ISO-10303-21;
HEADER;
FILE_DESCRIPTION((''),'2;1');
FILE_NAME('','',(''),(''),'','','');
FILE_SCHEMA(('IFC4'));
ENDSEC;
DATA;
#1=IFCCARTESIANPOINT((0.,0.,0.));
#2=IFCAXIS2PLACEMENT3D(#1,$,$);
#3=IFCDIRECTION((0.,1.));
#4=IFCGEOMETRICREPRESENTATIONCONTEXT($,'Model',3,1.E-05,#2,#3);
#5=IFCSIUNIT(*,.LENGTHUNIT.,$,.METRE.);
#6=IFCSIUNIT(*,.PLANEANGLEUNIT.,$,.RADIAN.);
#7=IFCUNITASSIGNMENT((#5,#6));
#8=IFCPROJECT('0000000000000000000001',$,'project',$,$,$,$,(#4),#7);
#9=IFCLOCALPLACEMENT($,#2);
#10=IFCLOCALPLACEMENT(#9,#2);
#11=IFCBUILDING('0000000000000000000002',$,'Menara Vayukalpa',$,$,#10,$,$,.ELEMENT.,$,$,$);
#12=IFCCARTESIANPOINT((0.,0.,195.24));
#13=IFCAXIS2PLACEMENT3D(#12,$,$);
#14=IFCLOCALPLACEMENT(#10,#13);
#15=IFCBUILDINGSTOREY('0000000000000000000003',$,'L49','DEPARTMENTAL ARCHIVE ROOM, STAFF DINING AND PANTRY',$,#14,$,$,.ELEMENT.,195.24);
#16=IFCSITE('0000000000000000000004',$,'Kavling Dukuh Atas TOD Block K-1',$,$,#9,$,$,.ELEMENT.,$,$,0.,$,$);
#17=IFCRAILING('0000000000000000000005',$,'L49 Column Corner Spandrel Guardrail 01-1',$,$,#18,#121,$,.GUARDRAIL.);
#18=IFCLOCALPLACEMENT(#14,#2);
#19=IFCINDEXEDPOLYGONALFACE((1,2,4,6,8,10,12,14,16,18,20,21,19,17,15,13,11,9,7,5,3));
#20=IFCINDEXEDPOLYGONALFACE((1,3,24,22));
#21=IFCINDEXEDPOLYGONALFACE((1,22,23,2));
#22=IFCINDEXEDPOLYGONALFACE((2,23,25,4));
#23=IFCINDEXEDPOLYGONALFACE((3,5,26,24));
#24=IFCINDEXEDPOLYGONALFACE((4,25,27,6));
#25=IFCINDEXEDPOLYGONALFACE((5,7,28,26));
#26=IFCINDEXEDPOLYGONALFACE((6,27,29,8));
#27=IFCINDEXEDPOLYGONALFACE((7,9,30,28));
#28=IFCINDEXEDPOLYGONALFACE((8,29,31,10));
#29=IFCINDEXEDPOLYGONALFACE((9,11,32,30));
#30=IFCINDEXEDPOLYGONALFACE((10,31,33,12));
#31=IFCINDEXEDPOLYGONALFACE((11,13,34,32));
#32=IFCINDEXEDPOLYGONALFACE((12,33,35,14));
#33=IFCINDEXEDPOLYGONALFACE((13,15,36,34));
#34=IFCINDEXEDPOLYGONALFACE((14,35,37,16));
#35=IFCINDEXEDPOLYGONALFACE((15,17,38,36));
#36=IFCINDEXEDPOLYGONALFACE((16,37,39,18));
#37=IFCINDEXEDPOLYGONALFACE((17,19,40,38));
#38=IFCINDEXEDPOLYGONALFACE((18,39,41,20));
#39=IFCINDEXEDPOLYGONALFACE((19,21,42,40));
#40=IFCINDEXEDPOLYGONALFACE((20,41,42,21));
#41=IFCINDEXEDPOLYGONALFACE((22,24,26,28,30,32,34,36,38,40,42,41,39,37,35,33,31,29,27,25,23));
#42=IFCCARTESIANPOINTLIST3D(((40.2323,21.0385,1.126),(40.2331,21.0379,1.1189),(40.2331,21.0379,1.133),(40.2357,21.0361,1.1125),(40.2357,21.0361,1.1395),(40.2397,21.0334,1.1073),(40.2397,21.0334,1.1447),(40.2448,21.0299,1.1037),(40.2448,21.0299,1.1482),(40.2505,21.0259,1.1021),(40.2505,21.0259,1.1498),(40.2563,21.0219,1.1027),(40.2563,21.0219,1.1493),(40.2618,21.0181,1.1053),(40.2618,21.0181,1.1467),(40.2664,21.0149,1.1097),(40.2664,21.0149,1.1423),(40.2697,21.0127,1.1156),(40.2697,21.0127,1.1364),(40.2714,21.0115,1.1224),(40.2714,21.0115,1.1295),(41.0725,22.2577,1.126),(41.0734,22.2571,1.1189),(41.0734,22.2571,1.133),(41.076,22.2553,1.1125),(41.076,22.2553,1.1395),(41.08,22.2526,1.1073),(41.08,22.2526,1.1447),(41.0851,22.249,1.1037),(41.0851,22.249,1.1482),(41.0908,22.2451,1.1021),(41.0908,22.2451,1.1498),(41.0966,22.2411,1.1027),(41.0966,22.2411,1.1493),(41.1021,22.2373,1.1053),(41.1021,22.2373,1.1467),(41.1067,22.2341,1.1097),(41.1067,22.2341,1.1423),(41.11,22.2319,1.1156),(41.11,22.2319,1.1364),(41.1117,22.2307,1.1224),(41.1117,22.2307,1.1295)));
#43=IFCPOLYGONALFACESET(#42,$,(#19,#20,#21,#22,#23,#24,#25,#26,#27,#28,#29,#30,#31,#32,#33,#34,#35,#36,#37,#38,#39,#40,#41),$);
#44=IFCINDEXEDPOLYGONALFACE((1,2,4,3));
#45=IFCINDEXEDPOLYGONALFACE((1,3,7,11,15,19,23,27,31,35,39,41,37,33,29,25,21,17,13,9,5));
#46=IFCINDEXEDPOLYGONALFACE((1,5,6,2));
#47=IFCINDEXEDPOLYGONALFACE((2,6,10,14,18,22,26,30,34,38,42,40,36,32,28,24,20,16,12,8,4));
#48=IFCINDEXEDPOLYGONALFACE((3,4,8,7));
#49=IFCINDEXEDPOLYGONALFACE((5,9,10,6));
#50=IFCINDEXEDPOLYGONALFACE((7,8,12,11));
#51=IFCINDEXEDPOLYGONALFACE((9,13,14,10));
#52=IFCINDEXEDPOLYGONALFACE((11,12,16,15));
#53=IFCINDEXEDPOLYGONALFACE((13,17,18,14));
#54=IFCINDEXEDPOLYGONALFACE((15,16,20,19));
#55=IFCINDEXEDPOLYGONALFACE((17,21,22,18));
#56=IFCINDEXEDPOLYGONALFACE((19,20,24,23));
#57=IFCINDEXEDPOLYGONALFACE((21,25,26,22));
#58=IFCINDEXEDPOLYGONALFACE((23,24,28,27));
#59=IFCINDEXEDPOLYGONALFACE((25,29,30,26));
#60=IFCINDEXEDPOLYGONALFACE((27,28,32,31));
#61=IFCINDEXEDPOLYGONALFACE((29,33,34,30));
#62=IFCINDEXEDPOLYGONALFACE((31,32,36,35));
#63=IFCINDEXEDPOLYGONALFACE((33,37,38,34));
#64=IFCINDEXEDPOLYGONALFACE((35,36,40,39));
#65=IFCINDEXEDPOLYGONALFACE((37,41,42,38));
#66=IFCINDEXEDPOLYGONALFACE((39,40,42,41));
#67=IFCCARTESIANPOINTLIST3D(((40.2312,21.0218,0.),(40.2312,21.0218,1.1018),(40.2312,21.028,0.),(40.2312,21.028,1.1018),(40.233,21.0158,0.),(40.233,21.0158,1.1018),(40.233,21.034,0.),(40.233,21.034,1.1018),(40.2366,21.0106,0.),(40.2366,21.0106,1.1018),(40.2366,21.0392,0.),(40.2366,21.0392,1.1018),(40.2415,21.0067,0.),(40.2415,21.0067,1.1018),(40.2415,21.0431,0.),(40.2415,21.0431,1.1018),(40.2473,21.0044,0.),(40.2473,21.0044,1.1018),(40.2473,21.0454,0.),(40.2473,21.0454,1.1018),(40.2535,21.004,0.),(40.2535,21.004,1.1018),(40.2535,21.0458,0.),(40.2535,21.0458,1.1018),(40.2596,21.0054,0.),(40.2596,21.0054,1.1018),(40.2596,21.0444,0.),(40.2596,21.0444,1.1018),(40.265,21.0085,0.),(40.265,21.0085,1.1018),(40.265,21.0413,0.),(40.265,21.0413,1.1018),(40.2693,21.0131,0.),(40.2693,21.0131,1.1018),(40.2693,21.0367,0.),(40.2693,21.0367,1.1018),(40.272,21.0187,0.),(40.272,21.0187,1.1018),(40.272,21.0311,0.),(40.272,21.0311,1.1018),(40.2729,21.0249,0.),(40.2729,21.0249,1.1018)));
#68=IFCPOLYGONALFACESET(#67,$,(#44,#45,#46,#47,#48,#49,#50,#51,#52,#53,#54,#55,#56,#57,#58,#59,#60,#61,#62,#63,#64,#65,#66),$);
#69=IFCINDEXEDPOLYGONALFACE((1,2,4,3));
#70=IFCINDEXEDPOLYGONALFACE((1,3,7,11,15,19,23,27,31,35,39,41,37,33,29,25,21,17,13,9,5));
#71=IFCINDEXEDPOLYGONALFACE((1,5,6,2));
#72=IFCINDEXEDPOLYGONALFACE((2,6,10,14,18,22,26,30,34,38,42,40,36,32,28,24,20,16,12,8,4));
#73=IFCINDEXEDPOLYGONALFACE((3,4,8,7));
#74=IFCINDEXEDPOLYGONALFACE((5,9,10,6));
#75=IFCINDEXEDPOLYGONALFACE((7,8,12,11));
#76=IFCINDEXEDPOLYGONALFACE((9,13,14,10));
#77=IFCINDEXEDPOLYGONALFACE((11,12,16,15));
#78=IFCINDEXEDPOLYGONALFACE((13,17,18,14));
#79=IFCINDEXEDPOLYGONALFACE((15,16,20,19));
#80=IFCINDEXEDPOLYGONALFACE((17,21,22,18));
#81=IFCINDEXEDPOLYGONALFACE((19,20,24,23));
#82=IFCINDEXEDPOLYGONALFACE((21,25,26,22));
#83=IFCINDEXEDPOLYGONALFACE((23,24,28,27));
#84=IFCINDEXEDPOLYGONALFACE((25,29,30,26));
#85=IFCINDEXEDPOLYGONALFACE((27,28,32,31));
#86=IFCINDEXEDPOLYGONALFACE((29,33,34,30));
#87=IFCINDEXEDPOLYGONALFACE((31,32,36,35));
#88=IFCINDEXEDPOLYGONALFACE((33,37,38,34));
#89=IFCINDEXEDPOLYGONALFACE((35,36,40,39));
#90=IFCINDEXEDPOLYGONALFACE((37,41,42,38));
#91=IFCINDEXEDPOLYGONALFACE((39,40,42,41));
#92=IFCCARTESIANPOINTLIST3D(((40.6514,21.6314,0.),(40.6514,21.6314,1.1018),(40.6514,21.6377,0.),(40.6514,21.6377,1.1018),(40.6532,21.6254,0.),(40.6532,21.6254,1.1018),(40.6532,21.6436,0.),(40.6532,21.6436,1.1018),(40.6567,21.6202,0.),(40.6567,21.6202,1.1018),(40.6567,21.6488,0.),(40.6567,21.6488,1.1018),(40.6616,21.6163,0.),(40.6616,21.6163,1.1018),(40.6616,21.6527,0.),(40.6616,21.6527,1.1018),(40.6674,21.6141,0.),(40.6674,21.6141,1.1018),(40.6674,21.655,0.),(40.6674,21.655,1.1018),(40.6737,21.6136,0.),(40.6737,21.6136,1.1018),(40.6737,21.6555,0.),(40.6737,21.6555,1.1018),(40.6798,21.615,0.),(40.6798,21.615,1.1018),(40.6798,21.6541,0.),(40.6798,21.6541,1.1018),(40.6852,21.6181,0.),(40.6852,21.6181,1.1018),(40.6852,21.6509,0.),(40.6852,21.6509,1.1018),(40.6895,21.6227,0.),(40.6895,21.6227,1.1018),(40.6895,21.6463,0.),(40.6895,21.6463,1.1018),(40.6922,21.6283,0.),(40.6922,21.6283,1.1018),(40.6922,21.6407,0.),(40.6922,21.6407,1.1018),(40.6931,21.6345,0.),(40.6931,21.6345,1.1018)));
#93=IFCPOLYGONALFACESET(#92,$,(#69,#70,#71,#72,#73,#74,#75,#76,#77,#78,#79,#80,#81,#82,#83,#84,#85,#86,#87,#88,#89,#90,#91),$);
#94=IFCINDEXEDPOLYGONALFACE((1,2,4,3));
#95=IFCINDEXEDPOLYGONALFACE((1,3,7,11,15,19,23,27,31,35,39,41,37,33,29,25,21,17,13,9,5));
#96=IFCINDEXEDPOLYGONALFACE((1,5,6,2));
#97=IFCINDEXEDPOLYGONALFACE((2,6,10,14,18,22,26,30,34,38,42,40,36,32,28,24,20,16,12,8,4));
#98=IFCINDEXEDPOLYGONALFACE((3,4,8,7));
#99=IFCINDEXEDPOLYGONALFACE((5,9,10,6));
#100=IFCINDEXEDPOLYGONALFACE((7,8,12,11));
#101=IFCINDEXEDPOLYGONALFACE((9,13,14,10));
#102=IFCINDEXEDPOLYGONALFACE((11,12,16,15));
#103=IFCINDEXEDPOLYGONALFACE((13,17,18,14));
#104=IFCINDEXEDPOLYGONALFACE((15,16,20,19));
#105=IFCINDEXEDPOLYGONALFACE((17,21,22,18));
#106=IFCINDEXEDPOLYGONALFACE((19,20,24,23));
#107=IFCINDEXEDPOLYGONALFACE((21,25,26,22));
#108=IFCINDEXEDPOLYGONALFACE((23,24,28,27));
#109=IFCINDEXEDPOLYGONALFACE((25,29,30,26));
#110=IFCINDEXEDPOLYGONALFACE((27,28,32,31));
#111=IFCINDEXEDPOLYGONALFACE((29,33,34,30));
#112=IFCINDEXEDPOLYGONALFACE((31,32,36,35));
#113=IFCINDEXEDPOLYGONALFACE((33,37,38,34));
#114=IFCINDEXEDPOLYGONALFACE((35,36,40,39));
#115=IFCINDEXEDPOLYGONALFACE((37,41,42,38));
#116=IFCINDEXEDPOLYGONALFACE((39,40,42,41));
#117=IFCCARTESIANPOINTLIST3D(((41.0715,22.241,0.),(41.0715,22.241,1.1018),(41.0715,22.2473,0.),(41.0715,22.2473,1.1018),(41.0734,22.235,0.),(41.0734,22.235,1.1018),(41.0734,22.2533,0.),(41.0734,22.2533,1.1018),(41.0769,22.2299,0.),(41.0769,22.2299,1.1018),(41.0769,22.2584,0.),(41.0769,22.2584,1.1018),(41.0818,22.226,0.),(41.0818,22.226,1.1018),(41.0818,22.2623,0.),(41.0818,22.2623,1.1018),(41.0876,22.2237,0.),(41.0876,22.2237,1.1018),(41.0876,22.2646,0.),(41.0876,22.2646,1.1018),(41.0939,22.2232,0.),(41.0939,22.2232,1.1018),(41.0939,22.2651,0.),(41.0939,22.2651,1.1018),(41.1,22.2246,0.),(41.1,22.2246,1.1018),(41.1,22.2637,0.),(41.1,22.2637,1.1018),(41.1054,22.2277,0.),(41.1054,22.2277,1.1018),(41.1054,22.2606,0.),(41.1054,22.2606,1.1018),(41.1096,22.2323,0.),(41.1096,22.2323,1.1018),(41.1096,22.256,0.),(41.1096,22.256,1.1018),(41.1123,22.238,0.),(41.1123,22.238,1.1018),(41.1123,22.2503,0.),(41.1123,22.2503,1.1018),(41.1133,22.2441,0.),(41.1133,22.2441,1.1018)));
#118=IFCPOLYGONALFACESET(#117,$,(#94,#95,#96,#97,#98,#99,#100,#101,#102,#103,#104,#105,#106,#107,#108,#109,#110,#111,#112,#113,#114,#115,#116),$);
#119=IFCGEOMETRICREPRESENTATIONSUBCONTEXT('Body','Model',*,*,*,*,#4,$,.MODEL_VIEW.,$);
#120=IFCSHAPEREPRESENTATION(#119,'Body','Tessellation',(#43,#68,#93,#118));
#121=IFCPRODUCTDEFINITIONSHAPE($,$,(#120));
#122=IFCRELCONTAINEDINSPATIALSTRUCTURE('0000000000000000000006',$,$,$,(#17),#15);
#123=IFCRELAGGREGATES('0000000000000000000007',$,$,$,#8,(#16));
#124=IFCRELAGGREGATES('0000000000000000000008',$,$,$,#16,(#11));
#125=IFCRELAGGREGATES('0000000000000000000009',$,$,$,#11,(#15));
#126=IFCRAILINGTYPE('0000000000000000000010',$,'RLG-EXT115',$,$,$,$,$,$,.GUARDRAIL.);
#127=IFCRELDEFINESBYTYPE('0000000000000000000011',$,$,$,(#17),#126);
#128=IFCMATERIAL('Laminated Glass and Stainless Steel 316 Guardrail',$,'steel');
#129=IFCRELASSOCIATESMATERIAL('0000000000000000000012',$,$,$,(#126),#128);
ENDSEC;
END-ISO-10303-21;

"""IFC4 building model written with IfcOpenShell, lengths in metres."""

from ifc_helpers import new_model, si_unit, direction, frame, origin, origin_2d, place, context, subcontext, project, spatial, circle, extrude, material, type_object, element, save


model = new_model("IFC4")

# Units and contexts
model_context = context("Model", 3, precision=1e-05, world=origin(), true_north=direction((0.0, 1.0)))
body_context = subcontext(model_context, "Body", "Model", "MODEL_VIEW")
ifc_project = project(units=[si_unit("LENGTHUNIT", "METRE"), si_unit("PLANEANGLEUNIT", "RADIAN")], contexts=[model_context])

# Site, building, storey
site_placement = place(None, origin())
site = spatial("IfcSite", under=ifc_project, at=site_placement, Name="Kavling Dukuh Atas TOD Block K-1", CompositionType="ELEMENT", RefElevation=0.0)
building_placement = place(site_placement, origin())
building = spatial("IfcBuilding", under=site, at=building_placement, Name="Menara Vayukalpa", CompositionType="ELEMENT")
storey_placement = place(building_placement, frame((0.0, 0.0, 195.24)))
storey = spatial("IfcBuildingStorey", under=building, at=storey_placement, Name="L49", Description="DEPARTMENTAL ARCHIVE ROOM, STAFF DINING AND PANTRY", CompositionType="ELEMENT", Elevation=195.24)

# Railing
ifc_material_1 = material(Name="Laminated Glass and Stainless Steel 316 Guardrail", Category="steel")
railing_type_1 = type_object("IfcRailingType", Name="RLG-EXT115", PredefinedType="GUARDRAIL", material=ifc_material_1)
railing_1_placement = place(storey_placement, frame((40.252, 21.0249, 0.0)))
element("IfcRailing", 1, at=railing_1_placement, inside=storey, type_object=railing_type_1, Name="L49 Column Corner Spandrel Guardrail 01-1", PredefinedType="GUARDRAIL", context=body_context, shape_type="SweptSolid", body=[
    extrude(circle(Radius=0.0239, at=origin_2d()), frame((0.0, 0.0, 1.126), z_axis=(0.567494, 0.823377, 0.0), x_axis=(-0.823377, 0.567494, 0.0)), (0.0, 0.0, 1.0), 1.4807),
    extrude(circle(Radius=0.021, at=origin_2d()), origin(), (0.0, 0.0, 1.0), 1.1018),
    extrude(circle(Radius=0.021, at=origin_2d()), frame((0.4202, 0.6096, 0.0)), (0.0, 0.0, 1.0), 1.1018),
    extrude(circle(Radius=0.021, at=origin_2d()), frame((0.8403, 1.2192, 0.0)), (0.0, 0.0, 1.0), 1.1018),
])

save(model, "model.ifc")
